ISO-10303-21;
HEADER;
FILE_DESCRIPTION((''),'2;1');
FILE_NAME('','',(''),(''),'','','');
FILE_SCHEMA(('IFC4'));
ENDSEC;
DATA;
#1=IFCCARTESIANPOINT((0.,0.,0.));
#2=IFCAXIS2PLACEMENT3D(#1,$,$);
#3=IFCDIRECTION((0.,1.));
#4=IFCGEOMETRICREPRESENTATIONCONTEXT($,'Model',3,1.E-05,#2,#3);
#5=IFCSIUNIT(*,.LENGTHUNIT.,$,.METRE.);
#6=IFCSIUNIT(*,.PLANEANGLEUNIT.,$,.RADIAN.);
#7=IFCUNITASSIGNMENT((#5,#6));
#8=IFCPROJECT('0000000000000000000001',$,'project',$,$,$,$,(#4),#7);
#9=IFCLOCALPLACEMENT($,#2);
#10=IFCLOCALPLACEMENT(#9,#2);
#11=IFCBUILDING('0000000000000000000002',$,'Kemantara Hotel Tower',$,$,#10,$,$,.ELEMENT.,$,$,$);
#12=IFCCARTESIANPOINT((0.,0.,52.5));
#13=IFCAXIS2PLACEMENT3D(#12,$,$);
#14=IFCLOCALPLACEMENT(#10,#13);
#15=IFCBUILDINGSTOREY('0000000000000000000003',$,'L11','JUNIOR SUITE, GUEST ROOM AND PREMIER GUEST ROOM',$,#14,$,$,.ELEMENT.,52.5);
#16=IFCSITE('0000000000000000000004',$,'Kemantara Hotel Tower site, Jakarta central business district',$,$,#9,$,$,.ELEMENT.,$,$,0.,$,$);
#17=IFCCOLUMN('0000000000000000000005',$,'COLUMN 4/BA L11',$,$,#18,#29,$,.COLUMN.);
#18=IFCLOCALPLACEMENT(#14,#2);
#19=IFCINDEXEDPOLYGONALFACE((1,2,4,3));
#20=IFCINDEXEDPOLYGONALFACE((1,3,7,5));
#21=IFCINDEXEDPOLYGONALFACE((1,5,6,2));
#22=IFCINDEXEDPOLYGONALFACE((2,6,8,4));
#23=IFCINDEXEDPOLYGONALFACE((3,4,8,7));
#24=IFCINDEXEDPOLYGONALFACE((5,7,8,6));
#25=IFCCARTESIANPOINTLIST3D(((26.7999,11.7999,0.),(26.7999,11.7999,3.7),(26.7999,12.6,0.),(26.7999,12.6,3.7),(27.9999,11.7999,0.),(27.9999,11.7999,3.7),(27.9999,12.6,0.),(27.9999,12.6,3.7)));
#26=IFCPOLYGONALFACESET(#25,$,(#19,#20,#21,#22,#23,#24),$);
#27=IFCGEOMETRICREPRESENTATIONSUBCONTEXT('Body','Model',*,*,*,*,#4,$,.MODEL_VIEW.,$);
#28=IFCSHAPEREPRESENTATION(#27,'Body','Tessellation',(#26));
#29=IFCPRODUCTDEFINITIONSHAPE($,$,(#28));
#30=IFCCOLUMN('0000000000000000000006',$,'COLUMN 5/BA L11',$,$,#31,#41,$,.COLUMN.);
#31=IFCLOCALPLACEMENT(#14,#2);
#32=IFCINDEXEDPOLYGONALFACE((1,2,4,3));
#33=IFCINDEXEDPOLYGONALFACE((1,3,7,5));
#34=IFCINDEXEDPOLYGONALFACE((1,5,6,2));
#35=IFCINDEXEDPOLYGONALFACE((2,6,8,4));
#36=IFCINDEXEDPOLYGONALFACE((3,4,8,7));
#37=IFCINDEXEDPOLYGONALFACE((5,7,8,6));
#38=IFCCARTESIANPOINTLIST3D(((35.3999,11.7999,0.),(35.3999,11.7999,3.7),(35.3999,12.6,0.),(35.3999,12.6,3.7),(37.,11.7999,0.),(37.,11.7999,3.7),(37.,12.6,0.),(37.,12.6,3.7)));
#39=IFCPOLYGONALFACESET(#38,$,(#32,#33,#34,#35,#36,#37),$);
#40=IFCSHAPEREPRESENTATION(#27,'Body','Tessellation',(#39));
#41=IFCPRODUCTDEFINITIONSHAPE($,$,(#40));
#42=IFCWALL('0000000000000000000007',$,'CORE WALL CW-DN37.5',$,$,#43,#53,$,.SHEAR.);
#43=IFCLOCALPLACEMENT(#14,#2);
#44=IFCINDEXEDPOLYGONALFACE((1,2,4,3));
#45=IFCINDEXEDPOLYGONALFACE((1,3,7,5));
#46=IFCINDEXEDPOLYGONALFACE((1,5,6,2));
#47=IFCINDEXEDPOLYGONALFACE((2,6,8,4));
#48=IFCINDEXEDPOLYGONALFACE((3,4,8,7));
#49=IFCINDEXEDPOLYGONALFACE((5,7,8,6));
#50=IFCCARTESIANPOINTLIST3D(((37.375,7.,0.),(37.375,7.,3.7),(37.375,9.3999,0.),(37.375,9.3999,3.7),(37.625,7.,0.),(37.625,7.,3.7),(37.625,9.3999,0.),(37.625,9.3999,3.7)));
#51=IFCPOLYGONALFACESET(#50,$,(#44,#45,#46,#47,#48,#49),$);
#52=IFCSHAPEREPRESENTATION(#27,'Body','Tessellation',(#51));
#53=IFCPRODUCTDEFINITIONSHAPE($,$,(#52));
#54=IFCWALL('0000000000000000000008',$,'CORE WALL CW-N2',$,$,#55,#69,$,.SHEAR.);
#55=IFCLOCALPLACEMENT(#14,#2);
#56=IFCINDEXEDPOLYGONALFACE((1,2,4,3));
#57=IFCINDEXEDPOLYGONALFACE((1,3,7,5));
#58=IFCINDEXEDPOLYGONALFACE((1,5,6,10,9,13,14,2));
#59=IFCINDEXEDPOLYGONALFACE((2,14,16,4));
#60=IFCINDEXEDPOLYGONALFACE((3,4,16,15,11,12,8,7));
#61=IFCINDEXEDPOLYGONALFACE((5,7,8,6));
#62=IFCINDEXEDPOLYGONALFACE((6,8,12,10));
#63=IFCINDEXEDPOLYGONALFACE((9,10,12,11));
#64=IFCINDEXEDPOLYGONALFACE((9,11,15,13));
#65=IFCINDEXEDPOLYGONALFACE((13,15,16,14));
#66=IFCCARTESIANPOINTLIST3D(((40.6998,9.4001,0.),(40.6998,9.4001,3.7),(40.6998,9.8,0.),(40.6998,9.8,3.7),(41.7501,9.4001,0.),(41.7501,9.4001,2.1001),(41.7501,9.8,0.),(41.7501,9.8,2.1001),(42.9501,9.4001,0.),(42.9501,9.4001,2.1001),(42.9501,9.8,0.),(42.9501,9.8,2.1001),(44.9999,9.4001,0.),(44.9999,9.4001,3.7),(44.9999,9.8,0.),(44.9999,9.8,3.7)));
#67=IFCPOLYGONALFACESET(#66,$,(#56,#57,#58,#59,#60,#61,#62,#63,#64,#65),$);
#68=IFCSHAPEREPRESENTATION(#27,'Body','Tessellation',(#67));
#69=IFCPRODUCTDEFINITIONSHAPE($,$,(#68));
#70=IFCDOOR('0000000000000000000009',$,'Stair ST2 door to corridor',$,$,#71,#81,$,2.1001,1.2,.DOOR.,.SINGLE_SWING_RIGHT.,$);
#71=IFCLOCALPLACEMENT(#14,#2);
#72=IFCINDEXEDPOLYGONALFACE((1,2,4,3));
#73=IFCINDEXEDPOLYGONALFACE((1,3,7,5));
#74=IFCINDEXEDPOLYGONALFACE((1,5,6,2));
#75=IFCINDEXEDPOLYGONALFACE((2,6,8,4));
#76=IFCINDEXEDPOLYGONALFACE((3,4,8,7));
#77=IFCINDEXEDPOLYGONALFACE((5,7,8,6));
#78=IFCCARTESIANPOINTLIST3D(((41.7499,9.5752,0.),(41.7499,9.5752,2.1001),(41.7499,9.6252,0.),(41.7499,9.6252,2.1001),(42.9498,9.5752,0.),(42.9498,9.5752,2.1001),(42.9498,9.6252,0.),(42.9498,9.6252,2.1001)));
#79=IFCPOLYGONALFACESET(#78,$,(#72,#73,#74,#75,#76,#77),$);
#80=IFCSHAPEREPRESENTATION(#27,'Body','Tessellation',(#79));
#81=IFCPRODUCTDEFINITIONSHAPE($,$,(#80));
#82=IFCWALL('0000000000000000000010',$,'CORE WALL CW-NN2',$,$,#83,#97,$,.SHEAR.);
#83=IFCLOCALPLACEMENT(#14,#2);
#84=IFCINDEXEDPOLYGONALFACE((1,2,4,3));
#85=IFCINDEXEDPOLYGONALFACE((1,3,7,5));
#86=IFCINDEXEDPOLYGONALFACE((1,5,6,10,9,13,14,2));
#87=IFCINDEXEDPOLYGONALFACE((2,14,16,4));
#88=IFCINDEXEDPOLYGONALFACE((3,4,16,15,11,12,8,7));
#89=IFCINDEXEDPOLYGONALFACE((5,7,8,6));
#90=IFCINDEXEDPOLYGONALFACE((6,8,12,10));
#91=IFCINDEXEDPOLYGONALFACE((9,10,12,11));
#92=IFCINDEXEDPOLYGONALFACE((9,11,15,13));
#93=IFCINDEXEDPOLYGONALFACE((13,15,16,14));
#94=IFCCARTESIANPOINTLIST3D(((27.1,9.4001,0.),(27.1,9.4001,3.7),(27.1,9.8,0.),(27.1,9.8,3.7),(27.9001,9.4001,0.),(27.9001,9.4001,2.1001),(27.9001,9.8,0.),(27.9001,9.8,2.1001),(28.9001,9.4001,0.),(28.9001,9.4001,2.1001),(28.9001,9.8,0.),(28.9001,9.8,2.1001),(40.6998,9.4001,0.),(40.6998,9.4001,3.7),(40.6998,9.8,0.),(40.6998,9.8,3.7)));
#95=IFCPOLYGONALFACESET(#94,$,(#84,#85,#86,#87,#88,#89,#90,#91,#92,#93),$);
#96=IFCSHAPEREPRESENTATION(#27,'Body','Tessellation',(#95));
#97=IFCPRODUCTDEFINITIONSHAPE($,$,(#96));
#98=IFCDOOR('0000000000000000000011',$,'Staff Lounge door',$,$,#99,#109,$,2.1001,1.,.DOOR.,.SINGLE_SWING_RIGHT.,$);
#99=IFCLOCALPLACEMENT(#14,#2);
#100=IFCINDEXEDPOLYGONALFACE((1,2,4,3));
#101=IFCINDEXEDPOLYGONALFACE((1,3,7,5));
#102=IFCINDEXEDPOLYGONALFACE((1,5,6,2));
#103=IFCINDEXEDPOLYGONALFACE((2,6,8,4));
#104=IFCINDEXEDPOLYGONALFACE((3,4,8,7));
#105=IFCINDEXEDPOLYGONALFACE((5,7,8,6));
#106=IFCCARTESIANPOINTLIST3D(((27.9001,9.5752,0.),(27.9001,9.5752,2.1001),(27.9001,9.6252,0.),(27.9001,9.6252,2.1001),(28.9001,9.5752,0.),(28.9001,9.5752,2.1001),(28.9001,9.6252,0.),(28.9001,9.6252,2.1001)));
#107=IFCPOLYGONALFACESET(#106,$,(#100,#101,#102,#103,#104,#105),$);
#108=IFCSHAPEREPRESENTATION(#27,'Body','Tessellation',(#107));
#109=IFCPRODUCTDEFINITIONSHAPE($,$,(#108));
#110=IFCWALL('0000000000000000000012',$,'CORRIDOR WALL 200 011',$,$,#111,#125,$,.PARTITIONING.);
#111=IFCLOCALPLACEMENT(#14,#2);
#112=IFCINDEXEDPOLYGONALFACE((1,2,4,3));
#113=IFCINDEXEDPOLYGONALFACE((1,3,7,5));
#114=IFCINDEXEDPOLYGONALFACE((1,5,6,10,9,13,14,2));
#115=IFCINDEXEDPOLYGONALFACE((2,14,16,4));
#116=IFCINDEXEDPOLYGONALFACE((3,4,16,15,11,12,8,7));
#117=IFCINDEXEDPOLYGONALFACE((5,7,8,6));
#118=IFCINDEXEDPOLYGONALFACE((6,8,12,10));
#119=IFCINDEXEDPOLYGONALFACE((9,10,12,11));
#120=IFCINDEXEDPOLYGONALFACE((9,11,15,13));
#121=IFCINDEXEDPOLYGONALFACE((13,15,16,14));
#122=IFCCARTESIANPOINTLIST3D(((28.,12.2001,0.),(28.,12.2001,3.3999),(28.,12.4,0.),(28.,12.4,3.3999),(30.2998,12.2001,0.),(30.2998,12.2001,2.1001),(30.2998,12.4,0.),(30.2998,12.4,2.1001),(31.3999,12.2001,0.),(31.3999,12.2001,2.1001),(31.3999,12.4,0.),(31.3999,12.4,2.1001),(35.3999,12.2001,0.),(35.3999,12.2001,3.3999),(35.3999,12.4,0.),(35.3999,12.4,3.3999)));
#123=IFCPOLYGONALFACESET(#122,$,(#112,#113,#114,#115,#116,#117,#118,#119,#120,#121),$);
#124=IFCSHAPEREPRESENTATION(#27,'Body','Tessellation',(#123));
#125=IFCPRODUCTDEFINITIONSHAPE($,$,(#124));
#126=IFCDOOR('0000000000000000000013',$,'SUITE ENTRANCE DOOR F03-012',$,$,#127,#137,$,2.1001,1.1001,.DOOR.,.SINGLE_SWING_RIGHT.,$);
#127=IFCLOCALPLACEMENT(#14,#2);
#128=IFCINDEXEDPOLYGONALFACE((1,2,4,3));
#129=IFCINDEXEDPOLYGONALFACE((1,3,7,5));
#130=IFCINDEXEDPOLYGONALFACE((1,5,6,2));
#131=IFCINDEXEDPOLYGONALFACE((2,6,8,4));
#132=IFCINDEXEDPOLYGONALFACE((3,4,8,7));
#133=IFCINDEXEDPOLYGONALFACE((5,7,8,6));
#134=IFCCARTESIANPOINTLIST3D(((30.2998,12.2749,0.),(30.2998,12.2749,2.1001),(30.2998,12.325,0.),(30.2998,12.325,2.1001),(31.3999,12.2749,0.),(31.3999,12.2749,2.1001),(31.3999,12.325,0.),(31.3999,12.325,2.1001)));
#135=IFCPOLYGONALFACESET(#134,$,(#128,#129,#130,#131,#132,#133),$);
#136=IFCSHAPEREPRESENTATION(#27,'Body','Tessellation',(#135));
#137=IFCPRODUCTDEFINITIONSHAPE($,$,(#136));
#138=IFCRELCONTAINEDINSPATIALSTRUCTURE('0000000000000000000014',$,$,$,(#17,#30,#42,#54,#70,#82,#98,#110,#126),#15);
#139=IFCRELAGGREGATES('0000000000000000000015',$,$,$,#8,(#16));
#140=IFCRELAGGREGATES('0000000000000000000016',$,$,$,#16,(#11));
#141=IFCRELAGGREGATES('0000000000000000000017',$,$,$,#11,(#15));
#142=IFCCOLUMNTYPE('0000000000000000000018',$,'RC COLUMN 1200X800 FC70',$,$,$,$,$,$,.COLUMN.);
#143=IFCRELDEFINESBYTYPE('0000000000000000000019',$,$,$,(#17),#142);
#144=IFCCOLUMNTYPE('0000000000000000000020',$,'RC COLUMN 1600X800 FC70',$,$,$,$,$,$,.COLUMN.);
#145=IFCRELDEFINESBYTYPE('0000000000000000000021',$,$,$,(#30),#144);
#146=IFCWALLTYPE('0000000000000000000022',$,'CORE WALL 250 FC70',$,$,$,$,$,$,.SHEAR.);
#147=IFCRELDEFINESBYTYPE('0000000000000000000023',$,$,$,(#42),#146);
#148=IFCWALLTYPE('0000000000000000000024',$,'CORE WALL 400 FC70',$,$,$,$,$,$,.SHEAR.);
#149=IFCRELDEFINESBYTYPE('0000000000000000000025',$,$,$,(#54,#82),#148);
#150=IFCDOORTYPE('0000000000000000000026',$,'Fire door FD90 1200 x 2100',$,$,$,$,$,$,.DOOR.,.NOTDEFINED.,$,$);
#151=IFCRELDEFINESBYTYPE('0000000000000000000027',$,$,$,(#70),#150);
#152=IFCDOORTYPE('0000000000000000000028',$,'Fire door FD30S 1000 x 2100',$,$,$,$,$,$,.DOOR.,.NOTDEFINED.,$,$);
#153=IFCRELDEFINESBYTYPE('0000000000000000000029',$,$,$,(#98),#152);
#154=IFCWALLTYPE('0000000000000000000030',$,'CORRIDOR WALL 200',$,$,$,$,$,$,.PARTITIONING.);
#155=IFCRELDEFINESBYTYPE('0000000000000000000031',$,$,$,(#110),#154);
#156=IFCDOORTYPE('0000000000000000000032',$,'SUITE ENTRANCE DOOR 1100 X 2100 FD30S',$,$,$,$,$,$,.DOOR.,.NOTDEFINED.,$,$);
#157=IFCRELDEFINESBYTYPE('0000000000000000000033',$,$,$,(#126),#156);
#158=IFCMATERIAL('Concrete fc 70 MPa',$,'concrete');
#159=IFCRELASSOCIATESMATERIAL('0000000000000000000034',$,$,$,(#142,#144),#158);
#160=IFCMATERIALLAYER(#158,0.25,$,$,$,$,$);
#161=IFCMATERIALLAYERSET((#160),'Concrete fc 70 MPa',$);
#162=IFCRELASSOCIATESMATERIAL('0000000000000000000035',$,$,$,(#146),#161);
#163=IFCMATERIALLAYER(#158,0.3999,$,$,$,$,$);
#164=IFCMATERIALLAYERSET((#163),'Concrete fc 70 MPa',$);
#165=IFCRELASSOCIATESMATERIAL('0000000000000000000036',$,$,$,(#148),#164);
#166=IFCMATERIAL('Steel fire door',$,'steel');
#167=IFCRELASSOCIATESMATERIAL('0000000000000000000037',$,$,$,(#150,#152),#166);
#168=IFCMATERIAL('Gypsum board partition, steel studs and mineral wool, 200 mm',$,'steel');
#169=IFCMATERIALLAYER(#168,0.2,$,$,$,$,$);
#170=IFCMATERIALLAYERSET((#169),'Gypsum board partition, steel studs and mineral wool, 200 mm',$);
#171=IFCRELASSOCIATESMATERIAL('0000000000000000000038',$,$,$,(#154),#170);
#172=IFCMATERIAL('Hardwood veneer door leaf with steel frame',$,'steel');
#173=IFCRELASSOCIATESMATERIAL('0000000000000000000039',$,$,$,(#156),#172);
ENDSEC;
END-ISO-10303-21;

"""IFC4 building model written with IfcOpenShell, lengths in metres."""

from ifc_helpers import new_model, si_unit, direction, frame, frame_2d, origin, origin_2d, place, context, subcontext, project, spatial, rectangle, extrude, material, layer, layer_set, material_profile, profile_set, type_object, element, fill, save


model = new_model("IFC4")

# Units and contexts
model_context = context("Model", 3, precision=1e-05, world=origin(), true_north=direction((0.0, 1.0)))
body_context = subcontext(model_context, "Body", "Model", "MODEL_VIEW")
ifc_project = project(units=[si_unit("LENGTHUNIT", "METRE"), si_unit("PLANEANGLEUNIT", "RADIAN")], contexts=[model_context])

# Site, building, storey
site_placement = place(None, origin())
site = spatial("IfcSite", under=ifc_project, at=site_placement, Name="Kemantara Hotel Tower site, Jakarta central business district", CompositionType="ELEMENT", RefElevation=0.0)
building_placement = place(site_placement, origin())
building = spatial("IfcBuilding", under=site, at=building_placement, Name="Kemantara Hotel Tower", CompositionType="ELEMENT")
storey_placement = place(building_placement, frame((0.0, 0.0, 52.5)))
storey = spatial("IfcBuildingStorey", under=building, at=storey_placement, Name="L11", Description="JUNIOR SUITE, GUEST ROOM AND PREMIER GUEST ROOM", CompositionType="ELEMENT", Elevation=52.5)

# Columns
ifc_material_1 = material(Name="Concrete fc 70 MPa", Category="concrete")
ifc_material_profile_1 = material_profile(ifc_material_1, rectangle(XDim=1.2, YDim=0.8, at=origin_2d()), Name="RC 1200X800")
ifc_profile_set_1 = profile_set([ifc_material_profile_1], Name="Concrete fc 70 MPa")
column_type_1 = type_object("IfcColumnType", Name="RC COLUMN 1200X800 FC70", PredefinedType="COLUMN", material=ifc_profile_set_1)
column_1_placement = place(storey_placement, frame((27.3999, 12.2, 0.0), z_axis=(0.0, 0.0, 1.0), x_axis=(1.0, 0.0, 0.0)))
element("IfcColumn", 1, at=column_1_placement, inside=storey, type_object=column_type_1, Name="COLUMN 4/BA L11", PredefinedType="COLUMN", context=body_context, shape_type="SweptSolid", body=[
    extrude(rectangle(XDim=1.2, YDim=0.8, at=origin_2d()), origin(), (0.0, 0.0, 1.0), 3.7),
])
ifc_material_profile_2 = material_profile(ifc_material_1, rectangle(XDim=1.6001, YDim=0.8, at=origin_2d()), Name="RC 1600X800")
ifc_profile_set_2 = profile_set([ifc_material_profile_2], Name="Concrete fc 70 MPa")
column_type_2 = type_object("IfcColumnType", Name="RC COLUMN 1600X800 FC70", PredefinedType="COLUMN", material=ifc_profile_set_2)
column_2_placement = place(storey_placement, frame((36.2, 12.2, 0.0), z_axis=(0.0, 0.0, 1.0), x_axis=(1.0, 0.0, 0.0)))
element("IfcColumn", 2, at=column_2_placement, inside=storey, type_object=column_type_2, Name="COLUMN 5/BA L11", PredefinedType="COLUMN", context=body_context, shape_type="SweptSolid", body=[
    extrude(rectangle(XDim=1.6001, YDim=0.8, at=origin_2d()), origin(), (0.0, 0.0, 1.0), 3.7),
])

# Wall
ifc_layer_1 = layer(ifc_material_1, 0.25)
ifc_layer_set_1 = layer_set([ifc_layer_1], Name="Concrete fc 70 MPa")
wall_type_1 = type_object("IfcWallType", Name="CORE WALL 250 FC70", PredefinedType="SHEAR", material=ifc_layer_set_1)
wall_1_placement = place(storey_placement, frame((37.5, 7.0, 0.0), z_axis=(0.0, 0.0, 1.0), x_axis=(0.0, 1.0, 0.0)))
element("IfcWall", 3, at=wall_1_placement, inside=storey, type_object=wall_type_1, Name="CORE WALL CW-DN37.5", PredefinedType="SHEAR", context=body_context, shape_type="SweptSolid", body=[
    extrude(rectangle(XDim=2.3999, YDim=0.25, at=frame_2d((1.2, 0.0))), origin(), (0.0, 0.0, 1.0), 3.7),
])

# Walls, openings, doors
ifc_layer_2 = layer(ifc_material_1, 0.3999)
ifc_layer_set_2 = layer_set([ifc_layer_2], Name="Concrete fc 70 MPa")
wall_type_2 = type_object("IfcWallType", Name="CORE WALL 400 FC70", PredefinedType="SHEAR", material=ifc_layer_set_2)
wall_2_placement = place(storey_placement, frame((40.7, 9.6001, 0.0), z_axis=(0.0, 0.0, 1.0), x_axis=(1.0, 0.0, 0.0)))
wall_2 = element("IfcWall", 4, at=wall_2_placement, inside=storey, type_object=wall_type_2, Name="CORE WALL CW-N2", PredefinedType="SHEAR", context=body_context, shape_type="SweptSolid", body=[
    extrude(rectangle(XDim=4.3, YDim=0.3999, at=frame_2d((2.1499, 0.0))), origin(), (0.0, 0.0, 1.0), 3.7),
])
opening_1_placement = place(wall_2_placement, frame((1.05, 0.0, 0.0)))
opening_1 = element("IfcOpeningElement", 5, at=opening_1_placement, cuts=wall_2, PredefinedType="OPENING", context=body_context, shape_type="SweptSolid", body=[
    extrude(rectangle(XDim=1.2, YDim=2.1001, at=frame_2d((0.6001, 1.05))), frame((0.0, 0.21, 0.0), z_axis=(0.0, -1.0, 0.0), x_axis=(1.0, 0.0, 0.0)), (0.0, 0.0, 1.0), 0.4199),
])
ifc_material_2 = material(Name="Steel fire door", Category="steel")
door_type_1 = type_object("IfcDoorType", Name="Fire door FD90 1200 x 2100", OperationType="NOTDEFINED", PredefinedType="DOOR", material=ifc_material_2)
door_1_placement = place(opening_1_placement, frame((1.2, 0.0, 0.0), z_axis=(0.0, 0.0, 1.0), x_axis=(-1.0, 0.0, 0.0)))
door_1 = element("IfcDoor", 6, at=door_1_placement, inside=storey, type_object=door_type_1, Name="Stair ST2 door to corridor", OperationType="SINGLE_SWING_RIGHT", OverallHeight=2.1001, OverallWidth=1.2, PredefinedType="DOOR", context=body_context, shape_type="SweptSolid", body=[
    extrude(rectangle(XDim=1.2, YDim=2.1001, at=frame_2d((0.6001, 1.05))), frame((0.0, 0.0249, 0.0), z_axis=(0.0, -1.0, 0.0), x_axis=(1.0, 0.0, 0.0)), (0.0, 0.0, 1.0), 0.05),
])
fill(opening_1, door_1)
wall_3_placement = place(storey_placement, frame((27.1001, 9.6001, 0.0), z_axis=(0.0, 0.0, 1.0), x_axis=(1.0, 0.0, 0.0)))
wall_3 = element("IfcWall", 7, at=wall_3_placement, inside=storey, type_object=wall_type_2, Name="CORE WALL CW-NN2", PredefinedType="SHEAR", context=body_context, shape_type="SweptSolid", body=[
    extrude(rectangle(XDim=13.5999, YDim=0.3999, at=frame_2d((6.7998, 0.0))), origin(), (0.0, 0.0, 1.0), 3.7),
])
opening_2_placement = place(wall_3_placement, frame((0.8, 0.0, 0.0)))
opening_2 = element("IfcOpeningElement", 8, at=opening_2_placement, cuts=wall_3, PredefinedType="OPENING", context=body_context, shape_type="SweptSolid", body=[
    extrude(rectangle(XDim=1.0, YDim=2.1001, at=frame_2d((0.5, 1.05))), frame((0.0, 0.21, 0.0), z_axis=(0.0, -1.0, 0.0), x_axis=(1.0, 0.0, 0.0)), (0.0, 0.0, 1.0), 0.4199),
])
door_type_2 = type_object("IfcDoorType", Name="Fire door FD30S 1000 x 2100", OperationType="NOTDEFINED", PredefinedType="DOOR", material=ifc_material_2)
door_2_placement = place(opening_2_placement, frame((1.0, 0.0, 0.0), z_axis=(0.0, 0.0, 1.0), x_axis=(-1.0, 0.0, 0.0)))
door_2 = element("IfcDoor", 9, at=door_2_placement, inside=storey, type_object=door_type_2, Name="Staff Lounge door", OperationType="SINGLE_SWING_RIGHT", OverallHeight=2.1001, OverallWidth=1.0, PredefinedType="DOOR", context=body_context, shape_type="SweptSolid", body=[
    extrude(rectangle(XDim=1.0, YDim=2.1001, at=frame_2d((0.5, 1.05))), frame((0.0, 0.0249, 0.0), z_axis=(0.0, -1.0, 0.0), x_axis=(1.0, 0.0, 0.0)), (0.0, 0.0, 1.0), 0.05),
])
fill(opening_2, door_2)
ifc_material_3 = material(Name="Gypsum board partition, steel studs and mineral wool, 200 mm", Category="steel")
ifc_layer_3 = layer(ifc_material_3, 0.2)
ifc_layer_set_3 = layer_set([ifc_layer_3], Name="Gypsum board partition, steel studs and mineral wool, 200 mm")
wall_type_3 = type_object("IfcWallType", Name="CORRIDOR WALL 200", PredefinedType="PARTITIONING", material=ifc_layer_set_3)
wall_4_placement = place(storey_placement, frame((28.0, 12.3, 0.0), z_axis=(0.0, 0.0, 1.0), x_axis=(1.0, 0.0, 0.0)))
wall_4 = element("IfcWall", 10, at=wall_4_placement, inside=storey, type_object=wall_type_3, Name="CORRIDOR WALL 200 011", PredefinedType="PARTITIONING", context=body_context, shape_type="SweptSolid", body=[
    extrude(rectangle(XDim=7.3999, YDim=0.2, at=frame_2d((3.7, 0.0))), origin(), (0.0, 0.0, 1.0), 3.3999),
])
opening_3_placement = place(wall_4_placement, frame((2.2998, 0.0, 0.0)))
opening_3 = element("IfcOpeningElement", 11, at=opening_3_placement, cuts=wall_4, PredefinedType="OPENING", context=body_context, shape_type="SweptSolid", body=[
    extrude(rectangle(XDim=1.1001, YDim=2.1001, at=frame_2d((0.55, 1.05))), frame((0.0, 0.1099, 0.0), z_axis=(0.0, -1.0, 0.0), x_axis=(1.0, 0.0, 0.0)), (0.0, 0.0, 1.0), 0.22),
])
ifc_material_4 = material(Name="Hardwood veneer door leaf with steel frame", Category="steel")
door_type_3 = type_object("IfcDoorType", Name="SUITE ENTRANCE DOOR 1100 X 2100 FD30S", OperationType="NOTDEFINED", PredefinedType="DOOR", material=ifc_material_4)
door_3_placement = place(opening_3_placement, origin())
door_3 = element("IfcDoor", 12, at=door_3_placement, inside=storey, type_object=door_type_3, Name="SUITE ENTRANCE DOOR F03-012", OperationType="SINGLE_SWING_RIGHT", OverallHeight=2.1001, OverallWidth=1.1001, PredefinedType="DOOR", context=body_context, shape_type="SweptSolid", body=[
    extrude(rectangle(XDim=1.1001, YDim=2.1001, at=frame_2d((0.55, 1.05))), frame((0.0, 0.0249, 0.0), z_axis=(0.0, -1.0, 0.0), x_axis=(1.0, 0.0, 0.0)), (0.0, 0.0, 1.0), 0.05),
])
fill(opening_3, door_3)

save(model, "model.ifc")
